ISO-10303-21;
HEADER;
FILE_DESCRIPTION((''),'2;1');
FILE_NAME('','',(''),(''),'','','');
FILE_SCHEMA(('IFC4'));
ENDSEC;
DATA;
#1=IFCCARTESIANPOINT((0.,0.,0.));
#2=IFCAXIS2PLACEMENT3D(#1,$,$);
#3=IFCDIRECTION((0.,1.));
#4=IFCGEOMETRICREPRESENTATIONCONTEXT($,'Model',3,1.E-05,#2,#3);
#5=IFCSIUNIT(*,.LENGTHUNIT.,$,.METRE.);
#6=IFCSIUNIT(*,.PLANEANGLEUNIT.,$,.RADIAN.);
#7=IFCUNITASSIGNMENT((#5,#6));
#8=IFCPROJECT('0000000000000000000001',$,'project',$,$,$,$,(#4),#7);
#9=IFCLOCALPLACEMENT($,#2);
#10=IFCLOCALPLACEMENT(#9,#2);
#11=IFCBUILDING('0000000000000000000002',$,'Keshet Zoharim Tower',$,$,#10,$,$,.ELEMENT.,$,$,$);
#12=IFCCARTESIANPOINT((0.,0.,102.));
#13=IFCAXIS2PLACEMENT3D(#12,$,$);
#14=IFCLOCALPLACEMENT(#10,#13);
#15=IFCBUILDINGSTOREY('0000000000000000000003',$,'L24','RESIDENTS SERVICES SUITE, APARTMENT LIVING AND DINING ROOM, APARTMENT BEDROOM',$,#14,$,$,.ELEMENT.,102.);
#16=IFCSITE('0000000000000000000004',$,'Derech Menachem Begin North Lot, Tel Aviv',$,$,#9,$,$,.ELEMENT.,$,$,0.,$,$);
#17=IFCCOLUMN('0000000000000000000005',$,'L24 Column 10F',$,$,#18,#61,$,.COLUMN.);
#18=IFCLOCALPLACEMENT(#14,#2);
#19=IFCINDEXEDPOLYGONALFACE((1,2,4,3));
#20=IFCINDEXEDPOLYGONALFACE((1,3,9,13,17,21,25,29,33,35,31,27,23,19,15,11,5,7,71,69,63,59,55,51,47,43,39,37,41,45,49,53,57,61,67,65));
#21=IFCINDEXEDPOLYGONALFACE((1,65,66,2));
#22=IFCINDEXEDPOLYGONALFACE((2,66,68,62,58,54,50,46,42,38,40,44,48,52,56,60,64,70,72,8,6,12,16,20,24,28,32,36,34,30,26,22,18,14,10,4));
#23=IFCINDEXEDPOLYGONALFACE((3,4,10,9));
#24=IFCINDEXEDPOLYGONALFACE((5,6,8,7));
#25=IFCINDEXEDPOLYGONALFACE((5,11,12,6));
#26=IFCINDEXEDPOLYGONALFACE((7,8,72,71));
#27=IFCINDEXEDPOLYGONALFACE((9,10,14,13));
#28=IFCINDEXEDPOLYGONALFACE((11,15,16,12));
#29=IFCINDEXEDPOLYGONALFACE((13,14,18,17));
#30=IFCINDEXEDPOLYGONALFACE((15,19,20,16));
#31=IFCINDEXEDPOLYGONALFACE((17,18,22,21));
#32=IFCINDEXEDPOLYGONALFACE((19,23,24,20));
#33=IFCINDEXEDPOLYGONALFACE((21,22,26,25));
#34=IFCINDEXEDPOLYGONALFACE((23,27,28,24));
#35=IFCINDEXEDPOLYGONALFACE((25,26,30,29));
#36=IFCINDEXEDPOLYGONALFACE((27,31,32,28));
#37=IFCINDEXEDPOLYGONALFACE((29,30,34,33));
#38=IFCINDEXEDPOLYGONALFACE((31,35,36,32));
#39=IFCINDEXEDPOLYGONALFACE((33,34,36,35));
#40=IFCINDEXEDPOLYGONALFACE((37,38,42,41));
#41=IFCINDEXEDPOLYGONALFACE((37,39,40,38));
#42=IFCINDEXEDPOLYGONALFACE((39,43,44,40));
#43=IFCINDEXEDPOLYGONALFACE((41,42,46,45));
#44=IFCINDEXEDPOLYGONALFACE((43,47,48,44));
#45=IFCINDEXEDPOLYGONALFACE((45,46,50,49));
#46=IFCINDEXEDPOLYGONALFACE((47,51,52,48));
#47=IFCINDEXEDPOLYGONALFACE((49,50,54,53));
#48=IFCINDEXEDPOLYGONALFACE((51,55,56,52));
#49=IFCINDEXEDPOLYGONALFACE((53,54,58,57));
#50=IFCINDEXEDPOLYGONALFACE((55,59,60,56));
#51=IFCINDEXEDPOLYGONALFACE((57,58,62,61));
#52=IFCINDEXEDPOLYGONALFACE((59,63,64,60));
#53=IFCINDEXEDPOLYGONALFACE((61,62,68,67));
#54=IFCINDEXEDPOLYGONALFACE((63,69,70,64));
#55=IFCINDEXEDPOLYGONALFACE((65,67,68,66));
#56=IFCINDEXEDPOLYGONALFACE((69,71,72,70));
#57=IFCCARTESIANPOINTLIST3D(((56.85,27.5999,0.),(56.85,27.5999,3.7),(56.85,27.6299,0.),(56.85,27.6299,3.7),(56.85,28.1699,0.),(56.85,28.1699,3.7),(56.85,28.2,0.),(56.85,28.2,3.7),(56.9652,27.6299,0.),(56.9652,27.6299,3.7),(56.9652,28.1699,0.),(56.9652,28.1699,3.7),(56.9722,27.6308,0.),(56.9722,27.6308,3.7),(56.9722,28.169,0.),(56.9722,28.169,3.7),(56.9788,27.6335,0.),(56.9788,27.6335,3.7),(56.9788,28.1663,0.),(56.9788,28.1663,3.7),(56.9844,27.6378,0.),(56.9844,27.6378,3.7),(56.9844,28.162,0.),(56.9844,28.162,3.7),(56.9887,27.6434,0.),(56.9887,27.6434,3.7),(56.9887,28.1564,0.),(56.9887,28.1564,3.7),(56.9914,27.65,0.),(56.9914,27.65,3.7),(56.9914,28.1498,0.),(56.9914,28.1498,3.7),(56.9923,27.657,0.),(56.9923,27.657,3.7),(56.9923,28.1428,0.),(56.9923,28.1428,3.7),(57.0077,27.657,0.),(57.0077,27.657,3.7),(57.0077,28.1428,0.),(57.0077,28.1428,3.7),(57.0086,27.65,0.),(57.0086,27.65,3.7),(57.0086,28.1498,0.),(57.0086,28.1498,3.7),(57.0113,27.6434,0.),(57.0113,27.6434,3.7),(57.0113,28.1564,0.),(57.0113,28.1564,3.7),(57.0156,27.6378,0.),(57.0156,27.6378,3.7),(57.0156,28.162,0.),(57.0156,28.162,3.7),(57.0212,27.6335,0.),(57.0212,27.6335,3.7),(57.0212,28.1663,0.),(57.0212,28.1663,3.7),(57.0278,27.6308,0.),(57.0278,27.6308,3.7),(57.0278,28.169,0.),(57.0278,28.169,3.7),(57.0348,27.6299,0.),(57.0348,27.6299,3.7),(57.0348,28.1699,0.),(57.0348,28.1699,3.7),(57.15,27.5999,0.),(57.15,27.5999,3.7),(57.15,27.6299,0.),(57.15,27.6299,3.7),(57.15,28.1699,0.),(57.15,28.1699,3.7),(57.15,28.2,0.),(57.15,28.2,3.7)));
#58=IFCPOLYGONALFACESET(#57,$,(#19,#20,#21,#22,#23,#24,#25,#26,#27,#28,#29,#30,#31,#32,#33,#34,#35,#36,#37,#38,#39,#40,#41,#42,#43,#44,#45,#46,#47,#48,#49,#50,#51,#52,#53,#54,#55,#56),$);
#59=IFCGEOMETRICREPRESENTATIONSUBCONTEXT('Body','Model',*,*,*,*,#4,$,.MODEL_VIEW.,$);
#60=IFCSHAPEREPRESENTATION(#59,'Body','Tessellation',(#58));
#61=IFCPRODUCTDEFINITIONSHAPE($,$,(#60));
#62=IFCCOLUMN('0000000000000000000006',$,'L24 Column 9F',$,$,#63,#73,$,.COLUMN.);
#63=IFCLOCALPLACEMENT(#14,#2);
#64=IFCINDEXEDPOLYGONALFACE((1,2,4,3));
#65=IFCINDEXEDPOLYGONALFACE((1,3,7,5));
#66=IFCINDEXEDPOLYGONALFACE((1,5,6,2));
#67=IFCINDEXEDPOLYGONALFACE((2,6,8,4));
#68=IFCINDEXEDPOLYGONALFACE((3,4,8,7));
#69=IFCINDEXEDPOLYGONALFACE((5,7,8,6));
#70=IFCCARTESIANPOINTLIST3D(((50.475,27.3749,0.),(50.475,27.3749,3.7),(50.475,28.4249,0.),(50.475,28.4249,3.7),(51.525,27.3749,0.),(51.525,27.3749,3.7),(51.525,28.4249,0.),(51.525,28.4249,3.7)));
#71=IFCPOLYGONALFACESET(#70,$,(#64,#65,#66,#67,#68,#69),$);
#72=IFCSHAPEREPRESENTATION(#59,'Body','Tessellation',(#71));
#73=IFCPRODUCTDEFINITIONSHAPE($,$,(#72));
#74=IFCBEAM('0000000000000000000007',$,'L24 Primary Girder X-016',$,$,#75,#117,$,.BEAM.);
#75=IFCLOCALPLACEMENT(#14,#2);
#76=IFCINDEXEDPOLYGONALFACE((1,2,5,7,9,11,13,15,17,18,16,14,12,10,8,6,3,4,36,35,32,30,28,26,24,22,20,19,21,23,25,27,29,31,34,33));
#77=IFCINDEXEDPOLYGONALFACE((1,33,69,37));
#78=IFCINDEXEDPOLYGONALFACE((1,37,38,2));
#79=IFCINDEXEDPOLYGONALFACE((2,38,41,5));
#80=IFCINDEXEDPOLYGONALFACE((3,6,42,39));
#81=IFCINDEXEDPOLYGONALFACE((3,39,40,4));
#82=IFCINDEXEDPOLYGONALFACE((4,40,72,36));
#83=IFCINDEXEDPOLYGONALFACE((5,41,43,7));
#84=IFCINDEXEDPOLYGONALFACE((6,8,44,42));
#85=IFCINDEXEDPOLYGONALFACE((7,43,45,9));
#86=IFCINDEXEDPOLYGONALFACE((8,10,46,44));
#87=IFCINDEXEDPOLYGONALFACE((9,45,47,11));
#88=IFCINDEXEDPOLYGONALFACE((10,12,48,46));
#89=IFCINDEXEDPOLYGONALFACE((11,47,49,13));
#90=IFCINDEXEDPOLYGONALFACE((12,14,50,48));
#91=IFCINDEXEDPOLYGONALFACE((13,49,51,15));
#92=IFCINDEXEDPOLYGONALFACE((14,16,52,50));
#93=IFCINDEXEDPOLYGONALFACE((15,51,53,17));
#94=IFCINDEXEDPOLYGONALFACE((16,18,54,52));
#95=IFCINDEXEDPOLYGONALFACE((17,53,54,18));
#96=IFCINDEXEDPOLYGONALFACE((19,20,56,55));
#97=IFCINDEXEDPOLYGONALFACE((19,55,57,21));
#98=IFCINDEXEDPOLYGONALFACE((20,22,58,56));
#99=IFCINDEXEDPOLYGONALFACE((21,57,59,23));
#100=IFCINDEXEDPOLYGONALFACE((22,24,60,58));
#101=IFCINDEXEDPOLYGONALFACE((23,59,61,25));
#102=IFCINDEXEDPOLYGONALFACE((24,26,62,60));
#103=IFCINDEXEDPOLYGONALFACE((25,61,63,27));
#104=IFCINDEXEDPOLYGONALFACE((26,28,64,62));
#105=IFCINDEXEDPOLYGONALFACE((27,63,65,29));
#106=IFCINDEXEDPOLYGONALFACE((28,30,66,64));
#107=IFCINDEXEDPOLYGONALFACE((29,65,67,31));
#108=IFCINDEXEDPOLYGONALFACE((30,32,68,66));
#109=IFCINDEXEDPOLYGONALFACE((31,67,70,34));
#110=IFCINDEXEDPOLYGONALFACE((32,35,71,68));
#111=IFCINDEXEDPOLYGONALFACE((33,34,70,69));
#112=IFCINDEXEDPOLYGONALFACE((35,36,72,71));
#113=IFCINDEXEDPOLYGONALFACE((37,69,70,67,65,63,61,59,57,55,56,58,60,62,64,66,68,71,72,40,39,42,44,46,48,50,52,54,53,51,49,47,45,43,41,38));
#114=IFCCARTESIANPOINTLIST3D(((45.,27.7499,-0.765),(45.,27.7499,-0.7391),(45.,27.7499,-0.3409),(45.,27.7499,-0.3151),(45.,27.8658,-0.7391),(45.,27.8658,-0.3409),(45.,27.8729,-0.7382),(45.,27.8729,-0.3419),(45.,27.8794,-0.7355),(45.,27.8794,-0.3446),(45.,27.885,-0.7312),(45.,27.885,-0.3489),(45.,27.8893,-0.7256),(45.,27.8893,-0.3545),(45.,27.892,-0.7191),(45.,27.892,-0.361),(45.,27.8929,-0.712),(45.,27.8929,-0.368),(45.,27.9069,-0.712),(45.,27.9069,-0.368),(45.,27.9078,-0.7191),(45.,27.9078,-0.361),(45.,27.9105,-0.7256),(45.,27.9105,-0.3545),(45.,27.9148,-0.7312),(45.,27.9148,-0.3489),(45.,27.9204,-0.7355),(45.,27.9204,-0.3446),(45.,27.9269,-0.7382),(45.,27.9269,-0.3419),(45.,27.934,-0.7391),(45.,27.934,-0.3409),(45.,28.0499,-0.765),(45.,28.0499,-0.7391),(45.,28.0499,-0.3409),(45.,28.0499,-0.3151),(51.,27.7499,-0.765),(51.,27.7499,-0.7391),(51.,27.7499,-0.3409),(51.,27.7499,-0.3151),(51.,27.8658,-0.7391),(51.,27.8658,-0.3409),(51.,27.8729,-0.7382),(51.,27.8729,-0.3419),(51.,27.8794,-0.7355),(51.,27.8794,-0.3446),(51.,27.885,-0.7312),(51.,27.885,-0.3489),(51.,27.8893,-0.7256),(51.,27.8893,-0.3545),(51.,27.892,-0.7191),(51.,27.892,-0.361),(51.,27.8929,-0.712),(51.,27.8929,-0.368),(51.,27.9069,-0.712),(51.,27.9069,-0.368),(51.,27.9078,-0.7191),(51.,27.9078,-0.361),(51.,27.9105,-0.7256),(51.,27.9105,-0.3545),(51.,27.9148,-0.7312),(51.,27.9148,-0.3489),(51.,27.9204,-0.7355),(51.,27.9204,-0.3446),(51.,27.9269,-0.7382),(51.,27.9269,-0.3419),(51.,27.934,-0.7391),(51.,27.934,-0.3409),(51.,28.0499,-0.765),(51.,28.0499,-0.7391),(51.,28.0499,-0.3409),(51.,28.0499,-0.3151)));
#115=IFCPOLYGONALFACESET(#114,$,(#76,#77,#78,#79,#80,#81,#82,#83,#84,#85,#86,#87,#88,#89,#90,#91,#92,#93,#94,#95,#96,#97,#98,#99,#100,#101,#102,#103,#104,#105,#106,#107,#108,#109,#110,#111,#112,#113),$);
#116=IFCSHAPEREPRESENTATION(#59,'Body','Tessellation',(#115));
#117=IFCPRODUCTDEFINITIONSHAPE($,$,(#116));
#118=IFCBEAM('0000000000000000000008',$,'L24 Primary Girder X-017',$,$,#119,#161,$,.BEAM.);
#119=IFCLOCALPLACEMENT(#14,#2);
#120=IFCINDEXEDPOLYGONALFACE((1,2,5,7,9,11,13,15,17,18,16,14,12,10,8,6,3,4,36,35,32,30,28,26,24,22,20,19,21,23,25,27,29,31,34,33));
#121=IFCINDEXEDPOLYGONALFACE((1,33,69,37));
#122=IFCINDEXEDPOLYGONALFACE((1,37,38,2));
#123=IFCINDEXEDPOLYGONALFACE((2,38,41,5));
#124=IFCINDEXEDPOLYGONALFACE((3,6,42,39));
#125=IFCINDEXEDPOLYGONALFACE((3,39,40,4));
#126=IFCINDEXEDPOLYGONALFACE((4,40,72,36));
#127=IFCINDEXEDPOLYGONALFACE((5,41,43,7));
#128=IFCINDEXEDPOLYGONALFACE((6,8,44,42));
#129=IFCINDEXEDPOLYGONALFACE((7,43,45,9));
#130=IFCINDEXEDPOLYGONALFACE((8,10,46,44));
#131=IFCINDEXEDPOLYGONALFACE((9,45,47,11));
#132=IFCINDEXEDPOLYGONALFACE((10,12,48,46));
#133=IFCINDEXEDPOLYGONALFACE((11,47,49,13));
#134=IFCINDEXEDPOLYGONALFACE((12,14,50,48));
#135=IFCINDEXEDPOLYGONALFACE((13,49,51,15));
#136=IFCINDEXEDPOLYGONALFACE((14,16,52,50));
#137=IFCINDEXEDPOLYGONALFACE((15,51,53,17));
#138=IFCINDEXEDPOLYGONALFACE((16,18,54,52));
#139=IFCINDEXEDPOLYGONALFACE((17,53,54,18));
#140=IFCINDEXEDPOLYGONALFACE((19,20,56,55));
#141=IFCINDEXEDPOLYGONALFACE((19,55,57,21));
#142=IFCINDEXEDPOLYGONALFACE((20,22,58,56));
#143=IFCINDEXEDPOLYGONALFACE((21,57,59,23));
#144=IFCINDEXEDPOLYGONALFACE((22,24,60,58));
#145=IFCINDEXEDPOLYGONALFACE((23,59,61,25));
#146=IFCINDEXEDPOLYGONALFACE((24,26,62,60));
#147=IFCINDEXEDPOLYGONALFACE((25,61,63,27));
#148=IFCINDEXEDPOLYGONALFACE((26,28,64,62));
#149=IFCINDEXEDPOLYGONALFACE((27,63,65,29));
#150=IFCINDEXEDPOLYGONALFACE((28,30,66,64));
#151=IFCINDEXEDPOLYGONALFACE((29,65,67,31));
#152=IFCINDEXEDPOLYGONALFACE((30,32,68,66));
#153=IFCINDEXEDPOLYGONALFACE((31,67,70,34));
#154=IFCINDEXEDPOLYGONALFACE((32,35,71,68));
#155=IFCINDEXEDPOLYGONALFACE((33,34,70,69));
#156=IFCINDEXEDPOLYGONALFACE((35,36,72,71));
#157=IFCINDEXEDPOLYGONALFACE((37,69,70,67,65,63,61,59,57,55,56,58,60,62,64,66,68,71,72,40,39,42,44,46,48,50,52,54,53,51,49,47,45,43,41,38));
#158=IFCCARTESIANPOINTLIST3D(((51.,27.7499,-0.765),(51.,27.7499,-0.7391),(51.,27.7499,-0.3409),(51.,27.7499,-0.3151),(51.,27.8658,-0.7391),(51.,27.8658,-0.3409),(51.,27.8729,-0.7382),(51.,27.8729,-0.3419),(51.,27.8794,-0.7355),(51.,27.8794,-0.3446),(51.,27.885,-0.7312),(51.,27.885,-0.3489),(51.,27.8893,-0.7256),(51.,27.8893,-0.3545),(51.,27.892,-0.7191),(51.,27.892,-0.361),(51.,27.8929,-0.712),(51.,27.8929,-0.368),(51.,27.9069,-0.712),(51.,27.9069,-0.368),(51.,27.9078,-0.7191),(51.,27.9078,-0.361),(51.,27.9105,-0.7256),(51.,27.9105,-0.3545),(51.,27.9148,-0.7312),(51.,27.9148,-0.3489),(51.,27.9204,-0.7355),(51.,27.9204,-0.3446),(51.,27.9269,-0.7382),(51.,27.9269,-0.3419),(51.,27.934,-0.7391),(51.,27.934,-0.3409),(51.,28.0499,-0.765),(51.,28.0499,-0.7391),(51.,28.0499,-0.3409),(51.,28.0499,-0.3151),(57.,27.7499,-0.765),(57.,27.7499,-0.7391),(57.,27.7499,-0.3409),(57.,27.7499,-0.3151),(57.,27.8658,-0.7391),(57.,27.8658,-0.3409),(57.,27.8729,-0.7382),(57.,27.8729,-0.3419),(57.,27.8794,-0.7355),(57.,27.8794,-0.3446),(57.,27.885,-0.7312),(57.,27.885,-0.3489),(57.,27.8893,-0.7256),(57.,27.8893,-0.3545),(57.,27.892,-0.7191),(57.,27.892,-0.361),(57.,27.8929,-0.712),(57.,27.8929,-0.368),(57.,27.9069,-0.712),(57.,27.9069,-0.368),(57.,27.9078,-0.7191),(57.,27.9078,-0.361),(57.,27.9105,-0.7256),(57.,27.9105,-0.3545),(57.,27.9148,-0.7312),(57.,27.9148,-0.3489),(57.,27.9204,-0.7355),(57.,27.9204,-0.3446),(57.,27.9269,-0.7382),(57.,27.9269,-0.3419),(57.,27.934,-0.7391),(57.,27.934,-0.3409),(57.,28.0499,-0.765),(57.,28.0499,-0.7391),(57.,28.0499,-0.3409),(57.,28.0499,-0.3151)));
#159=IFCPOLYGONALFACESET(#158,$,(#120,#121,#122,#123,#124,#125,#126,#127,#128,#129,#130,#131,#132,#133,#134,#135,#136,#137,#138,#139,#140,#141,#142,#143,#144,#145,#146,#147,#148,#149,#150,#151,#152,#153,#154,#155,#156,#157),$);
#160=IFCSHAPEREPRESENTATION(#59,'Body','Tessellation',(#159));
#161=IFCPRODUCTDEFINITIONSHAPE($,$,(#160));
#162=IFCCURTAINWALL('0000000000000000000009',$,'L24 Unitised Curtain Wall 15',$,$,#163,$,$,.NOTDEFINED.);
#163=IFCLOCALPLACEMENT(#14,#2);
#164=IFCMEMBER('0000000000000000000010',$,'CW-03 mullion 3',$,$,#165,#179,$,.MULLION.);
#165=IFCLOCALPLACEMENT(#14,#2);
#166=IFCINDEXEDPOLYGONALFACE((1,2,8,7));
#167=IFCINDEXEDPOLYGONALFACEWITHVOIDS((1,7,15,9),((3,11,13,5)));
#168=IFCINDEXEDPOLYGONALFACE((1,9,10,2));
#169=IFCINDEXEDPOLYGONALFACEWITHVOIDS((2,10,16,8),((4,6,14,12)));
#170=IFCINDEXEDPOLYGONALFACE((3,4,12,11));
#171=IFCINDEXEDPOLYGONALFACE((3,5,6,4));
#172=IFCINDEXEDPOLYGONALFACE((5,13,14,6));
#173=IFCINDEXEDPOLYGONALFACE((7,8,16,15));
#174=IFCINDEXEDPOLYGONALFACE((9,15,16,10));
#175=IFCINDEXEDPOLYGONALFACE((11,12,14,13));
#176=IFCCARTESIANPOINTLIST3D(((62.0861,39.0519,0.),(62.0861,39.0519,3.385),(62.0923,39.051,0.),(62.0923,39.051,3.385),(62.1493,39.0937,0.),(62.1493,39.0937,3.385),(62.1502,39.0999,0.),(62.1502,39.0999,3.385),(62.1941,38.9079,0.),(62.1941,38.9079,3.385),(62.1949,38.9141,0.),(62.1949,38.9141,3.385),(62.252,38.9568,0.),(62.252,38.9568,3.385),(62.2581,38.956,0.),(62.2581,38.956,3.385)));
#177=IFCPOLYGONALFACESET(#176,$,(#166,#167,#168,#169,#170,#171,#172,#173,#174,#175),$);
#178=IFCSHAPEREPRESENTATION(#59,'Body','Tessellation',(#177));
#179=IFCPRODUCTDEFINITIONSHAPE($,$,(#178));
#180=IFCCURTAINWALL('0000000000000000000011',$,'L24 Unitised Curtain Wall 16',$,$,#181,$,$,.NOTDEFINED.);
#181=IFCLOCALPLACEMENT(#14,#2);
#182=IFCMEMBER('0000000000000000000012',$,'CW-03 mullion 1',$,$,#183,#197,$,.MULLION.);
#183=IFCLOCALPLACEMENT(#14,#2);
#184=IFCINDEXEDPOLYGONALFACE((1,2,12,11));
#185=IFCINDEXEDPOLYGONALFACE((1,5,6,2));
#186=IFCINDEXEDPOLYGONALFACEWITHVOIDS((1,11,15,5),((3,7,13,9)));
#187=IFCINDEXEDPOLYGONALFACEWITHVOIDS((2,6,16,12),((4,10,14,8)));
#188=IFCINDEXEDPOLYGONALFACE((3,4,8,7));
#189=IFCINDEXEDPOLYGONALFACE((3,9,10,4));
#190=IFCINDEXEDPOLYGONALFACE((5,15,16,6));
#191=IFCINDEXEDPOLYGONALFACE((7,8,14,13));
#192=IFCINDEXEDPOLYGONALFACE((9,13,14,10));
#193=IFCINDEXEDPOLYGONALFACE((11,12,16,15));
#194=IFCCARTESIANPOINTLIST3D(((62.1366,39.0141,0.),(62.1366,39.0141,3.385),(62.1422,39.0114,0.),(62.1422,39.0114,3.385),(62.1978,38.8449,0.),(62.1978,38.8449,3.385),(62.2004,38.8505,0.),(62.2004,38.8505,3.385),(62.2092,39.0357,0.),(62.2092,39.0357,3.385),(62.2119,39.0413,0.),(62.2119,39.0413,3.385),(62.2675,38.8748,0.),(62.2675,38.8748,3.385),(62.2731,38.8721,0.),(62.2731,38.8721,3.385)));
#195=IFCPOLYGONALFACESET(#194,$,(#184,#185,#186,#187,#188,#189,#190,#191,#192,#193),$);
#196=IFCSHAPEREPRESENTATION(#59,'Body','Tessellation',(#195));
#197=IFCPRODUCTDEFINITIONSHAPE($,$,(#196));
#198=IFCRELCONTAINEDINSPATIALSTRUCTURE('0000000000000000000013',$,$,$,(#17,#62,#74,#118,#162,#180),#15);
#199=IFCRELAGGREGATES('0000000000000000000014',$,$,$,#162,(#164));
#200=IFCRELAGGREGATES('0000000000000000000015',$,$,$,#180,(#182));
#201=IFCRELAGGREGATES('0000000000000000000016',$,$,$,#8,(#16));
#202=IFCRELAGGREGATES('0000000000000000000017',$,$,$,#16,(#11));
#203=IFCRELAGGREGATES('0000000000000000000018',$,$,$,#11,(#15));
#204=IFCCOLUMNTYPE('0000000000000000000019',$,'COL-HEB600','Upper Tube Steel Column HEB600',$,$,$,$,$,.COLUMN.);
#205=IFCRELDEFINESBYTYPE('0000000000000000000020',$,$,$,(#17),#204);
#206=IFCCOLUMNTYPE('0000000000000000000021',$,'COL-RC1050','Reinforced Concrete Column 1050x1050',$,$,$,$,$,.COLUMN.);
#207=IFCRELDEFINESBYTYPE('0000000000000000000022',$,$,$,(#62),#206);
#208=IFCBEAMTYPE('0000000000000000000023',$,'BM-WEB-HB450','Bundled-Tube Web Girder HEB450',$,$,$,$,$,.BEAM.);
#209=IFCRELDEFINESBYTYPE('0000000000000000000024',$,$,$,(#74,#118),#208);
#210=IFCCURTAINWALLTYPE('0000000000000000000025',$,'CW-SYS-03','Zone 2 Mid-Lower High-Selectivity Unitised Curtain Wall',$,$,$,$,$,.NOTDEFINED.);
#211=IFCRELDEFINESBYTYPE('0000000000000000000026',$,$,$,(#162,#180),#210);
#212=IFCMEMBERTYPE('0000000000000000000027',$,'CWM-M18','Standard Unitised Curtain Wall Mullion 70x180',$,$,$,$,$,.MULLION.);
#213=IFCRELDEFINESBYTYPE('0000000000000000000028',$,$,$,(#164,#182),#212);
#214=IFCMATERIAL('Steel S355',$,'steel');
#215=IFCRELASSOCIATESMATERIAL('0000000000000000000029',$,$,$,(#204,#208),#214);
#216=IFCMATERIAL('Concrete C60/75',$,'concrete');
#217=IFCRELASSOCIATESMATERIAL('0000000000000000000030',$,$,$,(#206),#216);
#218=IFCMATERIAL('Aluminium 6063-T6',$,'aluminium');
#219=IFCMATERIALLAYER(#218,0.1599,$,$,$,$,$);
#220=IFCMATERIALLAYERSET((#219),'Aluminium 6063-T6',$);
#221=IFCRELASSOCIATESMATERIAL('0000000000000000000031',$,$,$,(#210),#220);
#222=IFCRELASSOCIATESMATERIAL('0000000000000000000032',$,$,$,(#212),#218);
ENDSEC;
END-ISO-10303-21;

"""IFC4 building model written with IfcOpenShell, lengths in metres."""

from ifc_helpers import new_model, si_unit, direction, frame, origin, origin_2d, place, context, subcontext, project, spatial, rectangle, hollow_rectangle, i_section, extrude, material, layer, layer_set, material_profile, profile_set, type_object, element, aggregate, save


model = new_model("IFC4")

# Units and contexts
model_context = context("Model", 3, precision=1e-05, world=origin(), true_north=direction((0.0, 1.0)))
body_context = subcontext(model_context, "Body", "Model", "MODEL_VIEW")
ifc_project = project(units=[si_unit("LENGTHUNIT", "METRE"), si_unit("PLANEANGLEUNIT", "RADIAN")], contexts=[model_context])

# Site, building, storey
site_placement = place(None, origin())
site = spatial("IfcSite", under=ifc_project, at=site_placement, Name="Derech Menachem Begin North Lot, Tel Aviv", CompositionType="ELEMENT", RefElevation=0.0)
building_placement = place(site_placement, origin())
building = spatial("IfcBuilding", under=site, at=building_placement, Name="Keshet Zoharim Tower", CompositionType="ELEMENT")
storey_placement = place(building_placement, frame((0.0, 0.0, 102.0)))
storey = spatial("IfcBuildingStorey", under=building, at=storey_placement, Name="L24", Description="RESIDENTS SERVICES SUITE, APARTMENT LIVING AND DINING ROOM, APARTMENT BEDROOM", CompositionType="ELEMENT", Elevation=102.0)

# Columns
ifc_material_1 = material(Name="Steel S355", Category="steel")
ifc_material_profile_1 = material_profile(ifc_material_1, i_section(OverallWidth=0.3, OverallDepth=0.6001, WebThickness=0.0154, FlangeThickness=0.03, FilletRadius=0.0271, at=origin_2d()), Name="HEB600")
ifc_profile_set_1 = profile_set([ifc_material_profile_1], Name="Steel S355")
column_type_1 = type_object("IfcColumnType", Name="COL-HEB600", Description="Upper Tube Steel Column HEB600", PredefinedType="COLUMN", material=ifc_profile_set_1)
column_1_placement = place(storey_placement, frame((57.0, 27.8999, 0.0), z_axis=(0.0, 0.0, 1.0), x_axis=(1.0, 0.0, 0.0)))
element("IfcColumn", 1, at=column_1_placement, inside=storey, type_object=column_type_1, Name="L24 Column 10F", PredefinedType="COLUMN", context=body_context, shape_type="SweptSolid", body=[
    extrude(i_section(OverallWidth=0.3, OverallDepth=0.6001, WebThickness=0.0154, FlangeThickness=0.03, FilletRadius=0.0271, at=origin_2d()), origin(), (0.0, 0.0, 1.0), 3.7),
])
ifc_material_2 = material(Name="Concrete C60/75", Category="concrete")
ifc_material_profile_2 = material_profile(ifc_material_2, rectangle(XDim=1.05, YDim=1.05, at=origin_2d()), Name="RC1050x1050")
ifc_profile_set_2 = profile_set([ifc_material_profile_2], Name="Concrete C60/75")
column_type_2 = type_object("IfcColumnType", Name="COL-RC1050", Description="Reinforced Concrete Column 1050x1050", PredefinedType="COLUMN", material=ifc_profile_set_2)
column_2_placement = place(storey_placement, frame((51.0, 27.8999, 0.0), z_axis=(0.0, 0.0, 1.0), x_axis=(1.0, 0.0, 0.0)))
element("IfcColumn", 2, at=column_2_placement, inside=storey, type_object=column_type_2, Name="L24 Column 9F", PredefinedType="COLUMN", context=body_context, shape_type="SweptSolid", body=[
    extrude(rectangle(XDim=1.05, YDim=1.05, at=origin_2d()), origin(), (0.0, 0.0, 1.0), 3.7),
])

# Beams
ifc_material_profile_3 = material_profile(ifc_material_1, i_section(OverallWidth=0.3, OverallDepth=0.45, WebThickness=0.0139, FlangeThickness=0.0259, FilletRadius=0.0271, at=origin_2d()), Name="HEB450")
ifc_profile_set_3 = profile_set([ifc_material_profile_3], Name="Steel S355")
beam_type = type_object("IfcBeamType", Name="BM-WEB-HB450", Description="Bundled-Tube Web Girder HEB450", PredefinedType="BEAM", material=ifc_profile_set_3)
for number, where, z_axis, x_axis, name in (
    (3, (45.0, 27.8999, -0.54), (1.0, 0.0, 0.0), (0.0, 1.0, 0.0), "L24 Primary Girder X-016"),
    (4, (51.0, 27.8999, -0.54), (1.0, 0.0, 0.0), (0.0, 1.0, 0.0), "L24 Primary Girder X-017"),
):
    element("IfcBeam", number, at=place(storey_placement, frame(where, z_axis=z_axis, x_axis=x_axis)), inside=storey, type_object=beam_type, Name=name, PredefinedType="BEAM", context=body_context, shape_type="SweptSolid", body=[
        extrude(i_section(OverallWidth=0.3, OverallDepth=0.45, WebThickness=0.0139, FlangeThickness=0.0259, FilletRadius=0.0271, at=origin_2d()), origin(), (0.0, 0.0, 1.0), 6.0),
    ])

# Curtain wall, member
ifc_material_3 = material(Name="Aluminium 6063-T6", Category="aluminium")
ifc_layer_1 = layer(ifc_material_3, 0.1599)
ifc_layer_set_1 = layer_set([ifc_layer_1], Name="Aluminium 6063-T6")
curtain_wall_type = type_object("IfcCurtainWallType", Name="CW-SYS-03", Description="Zone 2 Mid-Lower High-Selectivity Unitised Curtain Wall", PredefinedType="NOTDEFINED", material=ifc_layer_set_1)
curtain_wall_1_placement = place(storey_placement, origin())
curtain_wall_1 = element("IfcCurtainWall", 5, at=curtain_wall_1_placement, inside=storey, type_object=curtain_wall_type, Name="L24 Unitised Curtain Wall 15", PredefinedType="NOTDEFINED")
ifc_material_profile_4 = material_profile(ifc_material_3, hollow_rectangle(XDim=0.0801, YDim=0.1799, WallThickness=0.0044, at=origin_2d()), Name="MUL-80x180")
ifc_profile_set_4 = profile_set([ifc_material_profile_4], Name="Aluminium 6063-T6")
member_type_1 = type_object("IfcMemberType", Name="CWM-M18", Description="Standard Unitised Curtain Wall Mullion 70x180", PredefinedType="MULLION", material=ifc_profile_set_4)
member_1_placement = place(storey_placement, frame((62.1721, 39.0039, 0.0), z_axis=(0.0, 0.0, 1.0), x_axis=(0.8, 0.6, 0.0)))
member_1 = element("IfcMember", 6, at=member_1_placement, type_object=member_type_1, Name="CW-03 mullion 3", PredefinedType="MULLION", context=body_context, shape_type="SweptSolid", body=[
    extrude(hollow_rectangle(XDim=0.0801, YDim=0.1799, WallThickness=0.0044, at=origin_2d()), origin(), (0.0, 0.0, 1.0), 3.385),
])
aggregate(curtain_wall_1, [member_1])

# Curtain wall, member
curtain_wall_2_placement = place(storey_placement, origin())
curtain_wall_2 = element("IfcCurtainWall", 7, at=curtain_wall_2_placement, inside=storey, type_object=curtain_wall_type, Name="L24 Unitised Curtain Wall 16", PredefinedType="NOTDEFINED")
member_2_placement = place(storey_placement, frame((62.2048, 38.9431, 0.0), z_axis=(0.0, 0.0, 1.0), x_axis=(0.940318, 0.340297, 0.0)))
member_2 = element("IfcMember", 8, at=member_2_placement, type_object=member_type_1, Name="CW-03 mullion 1", PredefinedType="MULLION", context=body_context, shape_type="SweptSolid", body=[
    extrude(hollow_rectangle(XDim=0.0801, YDim=0.1799, WallThickness=0.0044, at=origin_2d()), origin(), (0.0, 0.0, 1.0), 3.385),
])

aggregate(curtain_wall_2, [member_2])

save(model, "model.ifc")
